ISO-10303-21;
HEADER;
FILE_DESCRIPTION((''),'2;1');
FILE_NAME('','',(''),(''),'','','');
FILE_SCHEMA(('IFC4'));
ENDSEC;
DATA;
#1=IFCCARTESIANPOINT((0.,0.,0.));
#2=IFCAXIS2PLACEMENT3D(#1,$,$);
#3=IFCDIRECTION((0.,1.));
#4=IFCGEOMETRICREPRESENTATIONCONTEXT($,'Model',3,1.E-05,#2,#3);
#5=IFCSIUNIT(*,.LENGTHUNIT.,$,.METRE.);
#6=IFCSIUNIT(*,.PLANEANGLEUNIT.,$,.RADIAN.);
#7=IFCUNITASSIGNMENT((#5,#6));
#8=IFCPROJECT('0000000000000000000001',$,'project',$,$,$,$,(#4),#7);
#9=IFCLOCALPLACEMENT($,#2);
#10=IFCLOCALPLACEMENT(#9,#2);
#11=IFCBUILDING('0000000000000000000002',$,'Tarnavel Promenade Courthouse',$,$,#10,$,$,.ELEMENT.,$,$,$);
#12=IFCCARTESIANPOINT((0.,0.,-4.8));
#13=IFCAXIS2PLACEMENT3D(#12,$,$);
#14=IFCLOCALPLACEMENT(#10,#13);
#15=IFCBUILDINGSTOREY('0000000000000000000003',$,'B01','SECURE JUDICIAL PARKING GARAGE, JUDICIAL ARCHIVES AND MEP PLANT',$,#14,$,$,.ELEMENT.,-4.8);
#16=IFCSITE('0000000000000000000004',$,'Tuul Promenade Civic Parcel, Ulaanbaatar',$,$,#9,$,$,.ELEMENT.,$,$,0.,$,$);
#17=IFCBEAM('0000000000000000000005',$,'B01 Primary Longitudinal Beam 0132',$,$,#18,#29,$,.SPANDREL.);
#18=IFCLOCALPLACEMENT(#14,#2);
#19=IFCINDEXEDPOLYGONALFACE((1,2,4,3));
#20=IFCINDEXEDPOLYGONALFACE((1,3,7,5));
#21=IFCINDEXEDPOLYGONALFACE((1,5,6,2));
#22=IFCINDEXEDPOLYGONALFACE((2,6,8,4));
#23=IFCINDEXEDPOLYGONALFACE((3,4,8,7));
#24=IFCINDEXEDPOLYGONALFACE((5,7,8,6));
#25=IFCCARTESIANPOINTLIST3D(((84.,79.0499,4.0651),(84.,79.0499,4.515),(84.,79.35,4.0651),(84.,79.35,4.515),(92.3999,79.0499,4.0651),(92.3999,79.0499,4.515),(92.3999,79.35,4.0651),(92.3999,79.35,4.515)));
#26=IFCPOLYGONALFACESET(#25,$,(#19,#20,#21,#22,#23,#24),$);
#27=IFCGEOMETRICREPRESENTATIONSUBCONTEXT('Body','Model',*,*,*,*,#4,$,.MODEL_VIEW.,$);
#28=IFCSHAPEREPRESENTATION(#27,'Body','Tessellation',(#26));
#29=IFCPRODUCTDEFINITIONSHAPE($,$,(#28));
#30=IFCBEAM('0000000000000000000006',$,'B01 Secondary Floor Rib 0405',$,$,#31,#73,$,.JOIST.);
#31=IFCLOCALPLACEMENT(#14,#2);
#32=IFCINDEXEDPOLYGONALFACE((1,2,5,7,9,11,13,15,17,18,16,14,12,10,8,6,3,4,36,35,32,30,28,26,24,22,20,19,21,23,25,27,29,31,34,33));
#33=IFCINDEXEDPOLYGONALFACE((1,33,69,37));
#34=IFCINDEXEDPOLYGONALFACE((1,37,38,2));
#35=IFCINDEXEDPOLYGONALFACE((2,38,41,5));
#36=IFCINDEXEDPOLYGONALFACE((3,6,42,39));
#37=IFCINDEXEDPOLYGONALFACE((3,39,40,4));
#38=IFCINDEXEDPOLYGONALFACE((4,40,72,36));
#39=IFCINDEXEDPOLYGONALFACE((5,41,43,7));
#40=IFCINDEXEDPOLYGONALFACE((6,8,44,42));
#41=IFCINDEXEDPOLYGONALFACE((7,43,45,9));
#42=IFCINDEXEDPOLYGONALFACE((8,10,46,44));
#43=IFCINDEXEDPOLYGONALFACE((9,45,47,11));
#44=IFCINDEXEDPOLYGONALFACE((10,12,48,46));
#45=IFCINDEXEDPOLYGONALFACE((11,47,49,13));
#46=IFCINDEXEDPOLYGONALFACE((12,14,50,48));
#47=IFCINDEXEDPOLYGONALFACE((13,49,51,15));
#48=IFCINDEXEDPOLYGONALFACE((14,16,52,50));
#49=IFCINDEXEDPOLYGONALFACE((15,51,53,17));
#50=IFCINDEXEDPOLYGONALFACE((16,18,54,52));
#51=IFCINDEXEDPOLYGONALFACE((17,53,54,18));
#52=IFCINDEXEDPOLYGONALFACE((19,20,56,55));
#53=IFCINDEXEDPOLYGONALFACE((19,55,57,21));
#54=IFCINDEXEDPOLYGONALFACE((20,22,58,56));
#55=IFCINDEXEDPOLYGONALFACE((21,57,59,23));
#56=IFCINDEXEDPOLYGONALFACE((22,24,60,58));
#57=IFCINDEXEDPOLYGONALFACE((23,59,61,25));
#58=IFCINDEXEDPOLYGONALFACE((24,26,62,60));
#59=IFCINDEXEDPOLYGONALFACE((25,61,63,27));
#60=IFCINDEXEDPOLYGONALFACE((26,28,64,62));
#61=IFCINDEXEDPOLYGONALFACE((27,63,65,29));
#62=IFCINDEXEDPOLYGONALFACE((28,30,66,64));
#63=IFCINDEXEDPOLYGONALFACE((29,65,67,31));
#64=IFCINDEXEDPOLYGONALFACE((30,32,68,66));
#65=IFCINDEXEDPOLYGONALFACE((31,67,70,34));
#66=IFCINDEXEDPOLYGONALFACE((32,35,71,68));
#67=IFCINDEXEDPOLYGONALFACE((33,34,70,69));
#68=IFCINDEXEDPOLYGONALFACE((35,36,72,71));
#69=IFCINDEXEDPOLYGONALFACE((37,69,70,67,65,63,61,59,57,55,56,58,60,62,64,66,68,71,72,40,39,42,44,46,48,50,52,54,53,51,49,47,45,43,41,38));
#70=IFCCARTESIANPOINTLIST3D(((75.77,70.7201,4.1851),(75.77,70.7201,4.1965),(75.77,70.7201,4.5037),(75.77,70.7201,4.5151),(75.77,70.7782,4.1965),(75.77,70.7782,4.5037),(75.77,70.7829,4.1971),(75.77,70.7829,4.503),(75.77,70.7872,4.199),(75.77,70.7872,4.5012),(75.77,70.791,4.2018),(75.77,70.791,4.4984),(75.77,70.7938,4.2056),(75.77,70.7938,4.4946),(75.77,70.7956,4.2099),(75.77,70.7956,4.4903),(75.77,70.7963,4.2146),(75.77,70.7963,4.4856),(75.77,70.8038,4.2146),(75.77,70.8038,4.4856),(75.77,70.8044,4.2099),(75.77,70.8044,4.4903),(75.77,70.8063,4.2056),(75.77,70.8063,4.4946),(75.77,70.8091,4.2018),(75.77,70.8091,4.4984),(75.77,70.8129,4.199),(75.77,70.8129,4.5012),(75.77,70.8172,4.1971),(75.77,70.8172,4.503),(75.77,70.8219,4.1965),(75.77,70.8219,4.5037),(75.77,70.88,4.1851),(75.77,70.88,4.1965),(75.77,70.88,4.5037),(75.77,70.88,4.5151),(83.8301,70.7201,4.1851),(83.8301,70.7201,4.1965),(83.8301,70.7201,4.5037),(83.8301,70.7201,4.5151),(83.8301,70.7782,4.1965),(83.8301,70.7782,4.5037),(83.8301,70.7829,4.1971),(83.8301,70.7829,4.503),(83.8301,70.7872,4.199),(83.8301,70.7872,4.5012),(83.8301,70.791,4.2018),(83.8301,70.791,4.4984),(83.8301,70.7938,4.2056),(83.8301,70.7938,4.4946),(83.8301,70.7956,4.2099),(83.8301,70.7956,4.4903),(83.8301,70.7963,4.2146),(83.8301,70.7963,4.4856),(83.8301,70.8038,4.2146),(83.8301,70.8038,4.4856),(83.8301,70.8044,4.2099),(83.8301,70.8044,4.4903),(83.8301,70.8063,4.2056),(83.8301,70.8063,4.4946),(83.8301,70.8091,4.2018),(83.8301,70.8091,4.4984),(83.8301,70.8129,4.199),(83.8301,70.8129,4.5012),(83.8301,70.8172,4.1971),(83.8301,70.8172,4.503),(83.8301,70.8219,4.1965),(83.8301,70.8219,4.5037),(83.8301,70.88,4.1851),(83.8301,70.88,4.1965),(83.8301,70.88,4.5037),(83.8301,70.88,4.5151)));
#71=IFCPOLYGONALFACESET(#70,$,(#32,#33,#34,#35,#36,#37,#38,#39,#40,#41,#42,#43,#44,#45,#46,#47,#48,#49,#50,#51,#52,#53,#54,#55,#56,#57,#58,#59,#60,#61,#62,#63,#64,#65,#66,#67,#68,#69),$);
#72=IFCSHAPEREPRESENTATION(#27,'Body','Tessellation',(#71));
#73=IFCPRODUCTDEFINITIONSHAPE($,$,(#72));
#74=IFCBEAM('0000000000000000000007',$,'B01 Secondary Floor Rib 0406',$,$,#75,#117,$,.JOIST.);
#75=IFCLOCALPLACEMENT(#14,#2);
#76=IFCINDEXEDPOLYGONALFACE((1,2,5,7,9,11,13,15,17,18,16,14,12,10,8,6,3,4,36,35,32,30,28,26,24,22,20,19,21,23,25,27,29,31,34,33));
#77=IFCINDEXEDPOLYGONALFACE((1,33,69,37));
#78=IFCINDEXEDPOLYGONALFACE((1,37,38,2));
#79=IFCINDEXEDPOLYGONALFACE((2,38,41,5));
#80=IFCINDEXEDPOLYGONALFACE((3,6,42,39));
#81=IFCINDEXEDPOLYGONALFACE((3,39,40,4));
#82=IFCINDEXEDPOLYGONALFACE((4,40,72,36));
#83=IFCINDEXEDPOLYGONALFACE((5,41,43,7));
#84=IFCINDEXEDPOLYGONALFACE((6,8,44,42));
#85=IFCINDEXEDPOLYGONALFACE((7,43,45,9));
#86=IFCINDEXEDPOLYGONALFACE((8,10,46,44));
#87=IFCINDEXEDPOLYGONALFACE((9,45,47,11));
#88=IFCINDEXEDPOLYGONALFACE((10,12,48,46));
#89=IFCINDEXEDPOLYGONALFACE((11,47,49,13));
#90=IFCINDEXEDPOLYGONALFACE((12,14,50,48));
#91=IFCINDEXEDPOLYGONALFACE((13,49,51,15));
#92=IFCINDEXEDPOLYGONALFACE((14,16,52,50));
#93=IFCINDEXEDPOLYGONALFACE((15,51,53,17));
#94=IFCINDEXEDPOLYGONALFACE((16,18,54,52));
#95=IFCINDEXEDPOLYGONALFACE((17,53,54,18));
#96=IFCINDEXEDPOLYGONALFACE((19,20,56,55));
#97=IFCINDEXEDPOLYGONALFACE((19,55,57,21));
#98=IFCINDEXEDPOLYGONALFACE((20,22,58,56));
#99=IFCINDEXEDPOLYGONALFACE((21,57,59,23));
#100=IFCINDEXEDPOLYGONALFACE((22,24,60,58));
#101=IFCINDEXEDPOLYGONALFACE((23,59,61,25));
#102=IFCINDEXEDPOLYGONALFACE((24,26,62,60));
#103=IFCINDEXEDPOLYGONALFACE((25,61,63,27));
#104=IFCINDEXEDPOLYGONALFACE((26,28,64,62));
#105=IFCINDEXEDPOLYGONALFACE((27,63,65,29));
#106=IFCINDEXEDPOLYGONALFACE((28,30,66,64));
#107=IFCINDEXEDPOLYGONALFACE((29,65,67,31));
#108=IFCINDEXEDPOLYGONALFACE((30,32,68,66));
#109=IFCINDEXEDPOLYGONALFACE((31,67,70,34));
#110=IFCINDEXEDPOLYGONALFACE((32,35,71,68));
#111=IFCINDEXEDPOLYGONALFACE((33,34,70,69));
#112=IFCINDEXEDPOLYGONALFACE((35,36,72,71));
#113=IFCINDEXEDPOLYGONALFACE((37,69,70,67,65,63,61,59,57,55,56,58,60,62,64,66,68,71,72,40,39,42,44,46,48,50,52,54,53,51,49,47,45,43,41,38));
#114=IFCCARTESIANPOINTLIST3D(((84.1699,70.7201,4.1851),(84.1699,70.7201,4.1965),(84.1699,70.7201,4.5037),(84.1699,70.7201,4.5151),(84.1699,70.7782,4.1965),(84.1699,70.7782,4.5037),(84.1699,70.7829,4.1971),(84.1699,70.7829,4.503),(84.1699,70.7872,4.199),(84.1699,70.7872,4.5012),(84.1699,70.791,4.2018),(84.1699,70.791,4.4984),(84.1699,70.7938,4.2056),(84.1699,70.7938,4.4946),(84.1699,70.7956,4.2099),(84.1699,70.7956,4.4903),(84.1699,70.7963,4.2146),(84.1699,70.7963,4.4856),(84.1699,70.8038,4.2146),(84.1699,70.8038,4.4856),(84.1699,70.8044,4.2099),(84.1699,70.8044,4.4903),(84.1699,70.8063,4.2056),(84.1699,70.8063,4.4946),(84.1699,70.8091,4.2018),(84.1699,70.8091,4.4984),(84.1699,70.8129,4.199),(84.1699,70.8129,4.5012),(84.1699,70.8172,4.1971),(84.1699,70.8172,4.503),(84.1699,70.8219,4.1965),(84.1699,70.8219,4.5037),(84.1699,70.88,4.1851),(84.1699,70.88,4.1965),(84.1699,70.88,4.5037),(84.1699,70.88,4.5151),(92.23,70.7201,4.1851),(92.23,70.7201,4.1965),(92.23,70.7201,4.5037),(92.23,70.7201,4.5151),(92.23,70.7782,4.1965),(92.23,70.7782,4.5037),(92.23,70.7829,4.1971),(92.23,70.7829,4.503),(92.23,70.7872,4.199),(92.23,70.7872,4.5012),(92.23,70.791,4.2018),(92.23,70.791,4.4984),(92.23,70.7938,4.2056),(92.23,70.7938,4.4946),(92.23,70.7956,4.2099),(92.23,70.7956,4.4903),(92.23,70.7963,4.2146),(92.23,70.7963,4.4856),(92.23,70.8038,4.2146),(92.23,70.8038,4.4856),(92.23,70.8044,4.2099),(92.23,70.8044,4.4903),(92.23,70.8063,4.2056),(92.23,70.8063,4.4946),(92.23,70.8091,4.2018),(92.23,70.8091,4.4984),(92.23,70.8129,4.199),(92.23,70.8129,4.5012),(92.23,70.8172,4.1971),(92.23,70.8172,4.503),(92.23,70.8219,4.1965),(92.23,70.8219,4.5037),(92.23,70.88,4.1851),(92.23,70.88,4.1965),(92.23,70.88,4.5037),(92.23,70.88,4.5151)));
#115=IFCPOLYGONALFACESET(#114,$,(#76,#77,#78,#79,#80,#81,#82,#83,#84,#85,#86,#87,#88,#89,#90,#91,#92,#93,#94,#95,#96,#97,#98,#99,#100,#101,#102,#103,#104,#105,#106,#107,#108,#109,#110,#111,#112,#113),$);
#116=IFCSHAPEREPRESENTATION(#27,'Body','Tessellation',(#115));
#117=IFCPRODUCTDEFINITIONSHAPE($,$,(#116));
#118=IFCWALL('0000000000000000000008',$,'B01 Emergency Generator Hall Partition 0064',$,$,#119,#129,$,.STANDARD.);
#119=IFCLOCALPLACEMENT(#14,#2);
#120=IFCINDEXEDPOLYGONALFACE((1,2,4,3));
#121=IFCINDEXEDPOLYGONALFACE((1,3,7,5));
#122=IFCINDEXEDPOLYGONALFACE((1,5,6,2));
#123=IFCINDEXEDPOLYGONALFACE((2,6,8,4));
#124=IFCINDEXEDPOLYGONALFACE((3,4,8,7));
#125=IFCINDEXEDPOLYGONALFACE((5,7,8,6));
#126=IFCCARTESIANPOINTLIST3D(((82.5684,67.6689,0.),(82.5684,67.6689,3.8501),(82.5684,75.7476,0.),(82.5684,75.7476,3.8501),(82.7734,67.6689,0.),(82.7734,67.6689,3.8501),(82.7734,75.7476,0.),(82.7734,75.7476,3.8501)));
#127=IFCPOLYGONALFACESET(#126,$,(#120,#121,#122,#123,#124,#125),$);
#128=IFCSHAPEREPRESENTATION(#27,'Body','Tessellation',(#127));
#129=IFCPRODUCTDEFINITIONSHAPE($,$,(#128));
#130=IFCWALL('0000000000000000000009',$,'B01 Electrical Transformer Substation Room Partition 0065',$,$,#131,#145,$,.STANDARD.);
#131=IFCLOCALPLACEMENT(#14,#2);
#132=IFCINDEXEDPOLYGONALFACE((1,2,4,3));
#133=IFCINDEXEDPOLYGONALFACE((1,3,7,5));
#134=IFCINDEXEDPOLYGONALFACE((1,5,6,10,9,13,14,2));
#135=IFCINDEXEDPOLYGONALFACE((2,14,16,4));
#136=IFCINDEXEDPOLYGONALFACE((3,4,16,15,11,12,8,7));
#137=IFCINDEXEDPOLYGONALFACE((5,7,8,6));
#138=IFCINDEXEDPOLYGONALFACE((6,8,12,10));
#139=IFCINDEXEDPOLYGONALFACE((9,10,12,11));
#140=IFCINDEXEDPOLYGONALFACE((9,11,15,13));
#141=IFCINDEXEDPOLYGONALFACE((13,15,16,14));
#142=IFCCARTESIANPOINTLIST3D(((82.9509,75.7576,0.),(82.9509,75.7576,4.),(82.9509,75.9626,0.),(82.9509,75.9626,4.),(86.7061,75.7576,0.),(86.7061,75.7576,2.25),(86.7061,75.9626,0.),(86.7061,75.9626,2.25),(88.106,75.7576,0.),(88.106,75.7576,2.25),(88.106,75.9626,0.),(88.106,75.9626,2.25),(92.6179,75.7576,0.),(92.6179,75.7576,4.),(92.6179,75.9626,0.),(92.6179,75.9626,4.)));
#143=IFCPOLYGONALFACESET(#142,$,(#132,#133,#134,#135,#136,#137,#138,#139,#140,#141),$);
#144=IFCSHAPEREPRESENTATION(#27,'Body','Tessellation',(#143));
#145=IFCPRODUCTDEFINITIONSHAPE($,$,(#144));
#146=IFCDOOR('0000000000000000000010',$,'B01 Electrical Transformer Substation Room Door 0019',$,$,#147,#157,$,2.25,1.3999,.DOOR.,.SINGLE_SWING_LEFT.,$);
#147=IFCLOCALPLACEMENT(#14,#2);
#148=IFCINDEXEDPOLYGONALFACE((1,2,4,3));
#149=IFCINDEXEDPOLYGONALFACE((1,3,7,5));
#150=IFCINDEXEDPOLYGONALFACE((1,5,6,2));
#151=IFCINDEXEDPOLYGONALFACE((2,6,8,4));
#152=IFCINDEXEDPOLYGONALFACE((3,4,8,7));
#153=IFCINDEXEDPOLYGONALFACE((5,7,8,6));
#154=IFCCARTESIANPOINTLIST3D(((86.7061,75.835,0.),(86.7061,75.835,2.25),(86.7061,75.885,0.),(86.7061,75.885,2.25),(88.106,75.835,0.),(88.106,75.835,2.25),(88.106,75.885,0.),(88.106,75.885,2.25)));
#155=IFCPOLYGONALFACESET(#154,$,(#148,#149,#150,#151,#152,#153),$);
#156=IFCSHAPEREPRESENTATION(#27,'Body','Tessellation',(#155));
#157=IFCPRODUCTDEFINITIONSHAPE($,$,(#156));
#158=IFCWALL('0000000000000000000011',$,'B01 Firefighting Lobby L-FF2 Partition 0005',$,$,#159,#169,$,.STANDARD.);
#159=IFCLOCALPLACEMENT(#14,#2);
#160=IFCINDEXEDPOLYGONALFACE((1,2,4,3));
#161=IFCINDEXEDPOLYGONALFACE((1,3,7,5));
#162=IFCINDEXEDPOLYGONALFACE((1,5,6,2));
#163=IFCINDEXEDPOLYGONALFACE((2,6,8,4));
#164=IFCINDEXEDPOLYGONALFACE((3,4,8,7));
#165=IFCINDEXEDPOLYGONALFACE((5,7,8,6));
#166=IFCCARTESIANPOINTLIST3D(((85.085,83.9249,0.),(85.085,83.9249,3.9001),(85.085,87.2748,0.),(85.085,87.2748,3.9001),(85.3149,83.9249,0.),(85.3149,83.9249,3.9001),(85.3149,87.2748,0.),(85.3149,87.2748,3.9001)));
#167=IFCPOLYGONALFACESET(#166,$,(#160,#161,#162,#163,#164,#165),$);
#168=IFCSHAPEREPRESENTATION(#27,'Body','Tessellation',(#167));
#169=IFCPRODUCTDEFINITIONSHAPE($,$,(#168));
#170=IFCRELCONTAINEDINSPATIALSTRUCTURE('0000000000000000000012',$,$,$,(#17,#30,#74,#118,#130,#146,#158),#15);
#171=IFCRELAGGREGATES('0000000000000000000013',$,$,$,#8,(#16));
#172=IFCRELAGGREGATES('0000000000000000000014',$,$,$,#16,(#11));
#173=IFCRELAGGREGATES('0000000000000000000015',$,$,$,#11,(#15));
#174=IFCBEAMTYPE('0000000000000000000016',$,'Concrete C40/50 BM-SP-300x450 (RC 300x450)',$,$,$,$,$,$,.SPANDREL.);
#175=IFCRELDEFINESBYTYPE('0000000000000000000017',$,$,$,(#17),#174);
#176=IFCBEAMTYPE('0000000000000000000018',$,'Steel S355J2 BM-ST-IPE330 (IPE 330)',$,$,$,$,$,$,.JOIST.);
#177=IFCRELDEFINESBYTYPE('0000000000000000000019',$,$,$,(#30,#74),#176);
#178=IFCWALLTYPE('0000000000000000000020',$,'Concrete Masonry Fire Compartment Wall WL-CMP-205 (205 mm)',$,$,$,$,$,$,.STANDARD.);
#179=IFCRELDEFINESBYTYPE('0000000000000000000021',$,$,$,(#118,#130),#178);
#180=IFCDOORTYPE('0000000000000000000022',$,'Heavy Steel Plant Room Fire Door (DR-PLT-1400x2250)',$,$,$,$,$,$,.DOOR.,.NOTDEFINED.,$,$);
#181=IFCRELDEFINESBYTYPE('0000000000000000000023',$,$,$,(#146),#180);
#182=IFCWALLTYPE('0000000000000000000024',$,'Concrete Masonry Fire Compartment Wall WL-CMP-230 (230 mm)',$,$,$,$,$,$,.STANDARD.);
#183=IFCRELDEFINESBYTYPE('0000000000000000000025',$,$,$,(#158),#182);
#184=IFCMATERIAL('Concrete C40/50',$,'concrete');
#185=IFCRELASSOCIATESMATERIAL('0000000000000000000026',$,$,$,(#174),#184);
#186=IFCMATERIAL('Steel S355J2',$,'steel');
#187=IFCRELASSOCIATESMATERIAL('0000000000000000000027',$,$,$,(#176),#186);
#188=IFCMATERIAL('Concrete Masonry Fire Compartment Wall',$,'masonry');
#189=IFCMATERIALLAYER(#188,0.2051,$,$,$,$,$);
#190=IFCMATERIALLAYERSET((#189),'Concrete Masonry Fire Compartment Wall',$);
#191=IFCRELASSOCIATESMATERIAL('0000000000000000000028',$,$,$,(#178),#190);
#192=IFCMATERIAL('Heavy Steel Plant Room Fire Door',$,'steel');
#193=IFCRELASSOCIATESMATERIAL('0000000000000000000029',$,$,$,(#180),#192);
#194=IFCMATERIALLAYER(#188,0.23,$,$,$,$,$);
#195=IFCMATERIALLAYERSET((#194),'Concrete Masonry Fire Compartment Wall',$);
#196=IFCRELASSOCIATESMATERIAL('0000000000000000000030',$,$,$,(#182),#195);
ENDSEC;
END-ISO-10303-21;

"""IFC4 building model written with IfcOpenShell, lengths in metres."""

from ifc_helpers import new_model, si_unit, direction, frame, frame_2d, origin, origin_2d, place, context, subcontext, project, spatial, rectangle, i_section, extrude, material, layer, layer_set, material_profile, profile_set, type_object, element, fill, save


model = new_model("IFC4")

# Units and contexts
model_context = context("Model", 3, precision=1e-05, world=origin(), true_north=direction((0.0, 1.0)))
body_context = subcontext(model_context, "Body", "Model", "MODEL_VIEW")
ifc_project = project(units=[si_unit("LENGTHUNIT", "METRE"), si_unit("PLANEANGLEUNIT", "RADIAN")], contexts=[model_context])

# Site, building, storey
site_placement = place(None, origin())
site = spatial("IfcSite", under=ifc_project, at=site_placement, Name="Tuul Promenade Civic Parcel, Ulaanbaatar", CompositionType="ELEMENT", RefElevation=0.0)
building_placement = place(site_placement, origin())
building = spatial("IfcBuilding", under=site, at=building_placement, Name="Tarnavel Promenade Courthouse", CompositionType="ELEMENT")
storey_placement = place(building_placement, frame((0.0, 0.0, -4.8)))
storey = spatial("IfcBuildingStorey", under=building, at=storey_placement, Name="B01", Description="SECURE JUDICIAL PARKING GARAGE, JUDICIAL ARCHIVES AND MEP PLANT", CompositionType="ELEMENT", Elevation=-4.8)

# Shared definitions
ifc_material_1 = material(Name="Concrete C40/50", Category="concrete")

# Beams
ifc_material_profile_1 = material_profile(ifc_material_1, rectangle(XDim=0.3, YDim=0.45, at=origin_2d()), Name="RC 300x450")
ifc_profile_set_1 = profile_set([ifc_material_profile_1], Name="Concrete C40/50")
beam_type_1 = type_object("IfcBeamType", Name="Concrete C40/50 BM-SP-300x450 (RC 300x450)", PredefinedType="SPANDREL", material=ifc_profile_set_1)
for number, where, z_axis, x_axis, name in (
    (1, (84.0, 79.2, 4.29), (1.0, 0.0, 0.0), (0.0, 1.0, 0.0), "B01 Primary Longitudinal Beam 0132"),
):
    element("IfcBeam", number, at=place(storey_placement, frame(where, z_axis=z_axis, x_axis=x_axis)), inside=storey, type_object=beam_type_1, Name=name, PredefinedType="SPANDREL", context=body_context, shape_type="SweptSolid", body=[
        extrude(rectangle(XDim=0.3, YDim=0.45, at=origin_2d()), origin(), (0.0, 0.0, 1.0), 8.3999),
    ])
ifc_material_2 = material(Name="Steel S355J2", Category="steel")
ifc_material_profile_2 = material_profile(ifc_material_2, i_section(OverallWidth=0.1599, OverallDepth=0.3301, WebThickness=0.0076, FlangeThickness=0.0115, FilletRadius=0.0181, at=origin_2d()), Name="IPE 330")
ifc_profile_set_2 = profile_set([ifc_material_profile_2], Name="Steel S355J2")
beam_type_2 = type_object("IfcBeamType", Name="Steel S355J2 BM-ST-IPE330 (IPE 330)", PredefinedType="JOIST", material=ifc_profile_set_2)
for number, where, z_axis, x_axis, name in (
    (2, (75.77, 70.8, 4.3501), (1.0, 0.0, 0.0), (0.0, 1.0, 0.0), "B01 Secondary Floor Rib 0405"),
    (3, (84.1699, 70.8, 4.3501), (1.0, 0.0, 0.0), (0.0, 1.0, 0.0), "B01 Secondary Floor Rib 0406"),
):
    element("IfcBeam", number, at=place(storey_placement, frame(where, z_axis=z_axis, x_axis=x_axis)), inside=storey, type_object=beam_type_2, Name=name, PredefinedType="JOIST", context=body_context, shape_type="SweptSolid", body=[
        extrude(i_section(OverallWidth=0.1599, OverallDepth=0.3301, WebThickness=0.0076, FlangeThickness=0.0115, FilletRadius=0.0181, at=origin_2d()), origin(), (0.0, 0.0, 1.0), 8.0601),
    ])

# Wall
ifc_material_3 = material(Name="Concrete Masonry Fire Compartment Wall", Category="masonry")
ifc_layer_1 = layer(ifc_material_3, 0.2051)
ifc_layer_set_1 = layer_set([ifc_layer_1], Name="Concrete Masonry Fire Compartment Wall")
wall_type_1 = type_object("IfcWallType", Name="Concrete Masonry Fire Compartment Wall WL-CMP-205 (205 mm)", PredefinedType="STANDARD", material=ifc_layer_set_1)
wall_1_placement = place(storey_placement, frame((82.6709, 75.7476, 0.0), z_axis=(0.0, 0.0, 1.0), x_axis=(0.0, -1.0, 0.0)))
element("IfcWall", 4, at=wall_1_placement, inside=storey, type_object=wall_type_1, Name="B01 Emergency Generator Hall Partition 0064", PredefinedType="STANDARD", context=body_context, shape_type="SweptSolid", body=[
    extrude(rectangle(XDim=8.0786, YDim=0.2051, at=frame_2d((4.0393, 0.0))), origin(), (0.0, 0.0, 1.0), 3.8501),
])

# Wall, opening, door
wall_2_placement = place(storey_placement, frame((82.9509, 75.8601, 0.0), z_axis=(0.0, 0.0, 1.0), x_axis=(1.0, 0.0, 0.0)))
wall_2 = element("IfcWall", 5, at=wall_2_placement, inside=storey, type_object=wall_type_1, Name="B01 Electrical Transformer Substation Room Partition 0065", PredefinedType="STANDARD", context=body_context, shape_type="SweptSolid", body=[
    extrude(rectangle(XDim=9.667, YDim=0.2051, at=frame_2d((4.8335, 0.0))), origin(), (0.0, 0.0, 1.0), 4.0),
])
opening_placement = place(wall_2_placement, frame((3.7551, 0.0, 0.0)))
opening = element("IfcOpeningElement", 6, at=opening_placement, cuts=wall_2, PredefinedType="OPENING", context=body_context, shape_type="SweptSolid", body=[
    extrude(rectangle(XDim=1.3999, YDim=2.25, at=frame_2d((0.7, 1.125))), frame((0.0, 0.1125, 0.0), z_axis=(0.0, -1.0, 0.0), x_axis=(1.0, 0.0, 0.0)), (0.0, 0.0, 1.0), 0.2251),
])
ifc_material_4 = material(Name="Heavy Steel Plant Room Fire Door", Category="steel")
door_type = type_object("IfcDoorType", Name="Heavy Steel Plant Room Fire Door (DR-PLT-1400x2250)", OperationType="NOTDEFINED", PredefinedType="DOOR", material=ifc_material_4)
door_placement = place(opening_placement, origin())
door = element("IfcDoor", 7, at=door_placement, inside=storey, type_object=door_type, Name="B01 Electrical Transformer Substation Room Door 0019", OperationType="SINGLE_SWING_LEFT", OverallHeight=2.25, OverallWidth=1.3999, PredefinedType="DOOR", context=body_context, shape_type="SweptSolid", body=[
    extrude(rectangle(XDim=1.3999, YDim=2.25, at=frame_2d((0.7, 1.125))), frame((0.0, 0.0249, 0.0), z_axis=(0.0, -1.0, 0.0), x_axis=(1.0, 0.0, 0.0)), (0.0, 0.0, 1.0), 0.05),
])
fill(opening, door)

# Wall
ifc_layer_2 = layer(ifc_material_3, 0.23)
ifc_layer_set_2 = layer_set([ifc_layer_2], Name="Concrete Masonry Fire Compartment Wall")
wall_type_2 = type_object("IfcWallType", Name="Concrete Masonry Fire Compartment Wall WL-CMP-230 (230 mm)", PredefinedType="STANDARD", material=ifc_layer_set_2)
wall_3_placement = place(storey_placement, frame((85.2, 83.925, 0.0), z_axis=(0.0, 0.0, 1.0), x_axis=(0.0, 1.0, 0.0)))
element("IfcWall", 8, at=wall_3_placement, inside=storey, type_object=wall_type_2, Name="B01 Firefighting Lobby L-FF2 Partition 0005", PredefinedType="STANDARD", context=body_context, shape_type="SweptSolid", body=[
    extrude(rectangle(XDim=3.3499, YDim=0.23, at=frame_2d((1.6748, 0.0))), origin(), (0.0, 0.0, 1.0), 3.9001),
])

save(model, "model.ifc")
